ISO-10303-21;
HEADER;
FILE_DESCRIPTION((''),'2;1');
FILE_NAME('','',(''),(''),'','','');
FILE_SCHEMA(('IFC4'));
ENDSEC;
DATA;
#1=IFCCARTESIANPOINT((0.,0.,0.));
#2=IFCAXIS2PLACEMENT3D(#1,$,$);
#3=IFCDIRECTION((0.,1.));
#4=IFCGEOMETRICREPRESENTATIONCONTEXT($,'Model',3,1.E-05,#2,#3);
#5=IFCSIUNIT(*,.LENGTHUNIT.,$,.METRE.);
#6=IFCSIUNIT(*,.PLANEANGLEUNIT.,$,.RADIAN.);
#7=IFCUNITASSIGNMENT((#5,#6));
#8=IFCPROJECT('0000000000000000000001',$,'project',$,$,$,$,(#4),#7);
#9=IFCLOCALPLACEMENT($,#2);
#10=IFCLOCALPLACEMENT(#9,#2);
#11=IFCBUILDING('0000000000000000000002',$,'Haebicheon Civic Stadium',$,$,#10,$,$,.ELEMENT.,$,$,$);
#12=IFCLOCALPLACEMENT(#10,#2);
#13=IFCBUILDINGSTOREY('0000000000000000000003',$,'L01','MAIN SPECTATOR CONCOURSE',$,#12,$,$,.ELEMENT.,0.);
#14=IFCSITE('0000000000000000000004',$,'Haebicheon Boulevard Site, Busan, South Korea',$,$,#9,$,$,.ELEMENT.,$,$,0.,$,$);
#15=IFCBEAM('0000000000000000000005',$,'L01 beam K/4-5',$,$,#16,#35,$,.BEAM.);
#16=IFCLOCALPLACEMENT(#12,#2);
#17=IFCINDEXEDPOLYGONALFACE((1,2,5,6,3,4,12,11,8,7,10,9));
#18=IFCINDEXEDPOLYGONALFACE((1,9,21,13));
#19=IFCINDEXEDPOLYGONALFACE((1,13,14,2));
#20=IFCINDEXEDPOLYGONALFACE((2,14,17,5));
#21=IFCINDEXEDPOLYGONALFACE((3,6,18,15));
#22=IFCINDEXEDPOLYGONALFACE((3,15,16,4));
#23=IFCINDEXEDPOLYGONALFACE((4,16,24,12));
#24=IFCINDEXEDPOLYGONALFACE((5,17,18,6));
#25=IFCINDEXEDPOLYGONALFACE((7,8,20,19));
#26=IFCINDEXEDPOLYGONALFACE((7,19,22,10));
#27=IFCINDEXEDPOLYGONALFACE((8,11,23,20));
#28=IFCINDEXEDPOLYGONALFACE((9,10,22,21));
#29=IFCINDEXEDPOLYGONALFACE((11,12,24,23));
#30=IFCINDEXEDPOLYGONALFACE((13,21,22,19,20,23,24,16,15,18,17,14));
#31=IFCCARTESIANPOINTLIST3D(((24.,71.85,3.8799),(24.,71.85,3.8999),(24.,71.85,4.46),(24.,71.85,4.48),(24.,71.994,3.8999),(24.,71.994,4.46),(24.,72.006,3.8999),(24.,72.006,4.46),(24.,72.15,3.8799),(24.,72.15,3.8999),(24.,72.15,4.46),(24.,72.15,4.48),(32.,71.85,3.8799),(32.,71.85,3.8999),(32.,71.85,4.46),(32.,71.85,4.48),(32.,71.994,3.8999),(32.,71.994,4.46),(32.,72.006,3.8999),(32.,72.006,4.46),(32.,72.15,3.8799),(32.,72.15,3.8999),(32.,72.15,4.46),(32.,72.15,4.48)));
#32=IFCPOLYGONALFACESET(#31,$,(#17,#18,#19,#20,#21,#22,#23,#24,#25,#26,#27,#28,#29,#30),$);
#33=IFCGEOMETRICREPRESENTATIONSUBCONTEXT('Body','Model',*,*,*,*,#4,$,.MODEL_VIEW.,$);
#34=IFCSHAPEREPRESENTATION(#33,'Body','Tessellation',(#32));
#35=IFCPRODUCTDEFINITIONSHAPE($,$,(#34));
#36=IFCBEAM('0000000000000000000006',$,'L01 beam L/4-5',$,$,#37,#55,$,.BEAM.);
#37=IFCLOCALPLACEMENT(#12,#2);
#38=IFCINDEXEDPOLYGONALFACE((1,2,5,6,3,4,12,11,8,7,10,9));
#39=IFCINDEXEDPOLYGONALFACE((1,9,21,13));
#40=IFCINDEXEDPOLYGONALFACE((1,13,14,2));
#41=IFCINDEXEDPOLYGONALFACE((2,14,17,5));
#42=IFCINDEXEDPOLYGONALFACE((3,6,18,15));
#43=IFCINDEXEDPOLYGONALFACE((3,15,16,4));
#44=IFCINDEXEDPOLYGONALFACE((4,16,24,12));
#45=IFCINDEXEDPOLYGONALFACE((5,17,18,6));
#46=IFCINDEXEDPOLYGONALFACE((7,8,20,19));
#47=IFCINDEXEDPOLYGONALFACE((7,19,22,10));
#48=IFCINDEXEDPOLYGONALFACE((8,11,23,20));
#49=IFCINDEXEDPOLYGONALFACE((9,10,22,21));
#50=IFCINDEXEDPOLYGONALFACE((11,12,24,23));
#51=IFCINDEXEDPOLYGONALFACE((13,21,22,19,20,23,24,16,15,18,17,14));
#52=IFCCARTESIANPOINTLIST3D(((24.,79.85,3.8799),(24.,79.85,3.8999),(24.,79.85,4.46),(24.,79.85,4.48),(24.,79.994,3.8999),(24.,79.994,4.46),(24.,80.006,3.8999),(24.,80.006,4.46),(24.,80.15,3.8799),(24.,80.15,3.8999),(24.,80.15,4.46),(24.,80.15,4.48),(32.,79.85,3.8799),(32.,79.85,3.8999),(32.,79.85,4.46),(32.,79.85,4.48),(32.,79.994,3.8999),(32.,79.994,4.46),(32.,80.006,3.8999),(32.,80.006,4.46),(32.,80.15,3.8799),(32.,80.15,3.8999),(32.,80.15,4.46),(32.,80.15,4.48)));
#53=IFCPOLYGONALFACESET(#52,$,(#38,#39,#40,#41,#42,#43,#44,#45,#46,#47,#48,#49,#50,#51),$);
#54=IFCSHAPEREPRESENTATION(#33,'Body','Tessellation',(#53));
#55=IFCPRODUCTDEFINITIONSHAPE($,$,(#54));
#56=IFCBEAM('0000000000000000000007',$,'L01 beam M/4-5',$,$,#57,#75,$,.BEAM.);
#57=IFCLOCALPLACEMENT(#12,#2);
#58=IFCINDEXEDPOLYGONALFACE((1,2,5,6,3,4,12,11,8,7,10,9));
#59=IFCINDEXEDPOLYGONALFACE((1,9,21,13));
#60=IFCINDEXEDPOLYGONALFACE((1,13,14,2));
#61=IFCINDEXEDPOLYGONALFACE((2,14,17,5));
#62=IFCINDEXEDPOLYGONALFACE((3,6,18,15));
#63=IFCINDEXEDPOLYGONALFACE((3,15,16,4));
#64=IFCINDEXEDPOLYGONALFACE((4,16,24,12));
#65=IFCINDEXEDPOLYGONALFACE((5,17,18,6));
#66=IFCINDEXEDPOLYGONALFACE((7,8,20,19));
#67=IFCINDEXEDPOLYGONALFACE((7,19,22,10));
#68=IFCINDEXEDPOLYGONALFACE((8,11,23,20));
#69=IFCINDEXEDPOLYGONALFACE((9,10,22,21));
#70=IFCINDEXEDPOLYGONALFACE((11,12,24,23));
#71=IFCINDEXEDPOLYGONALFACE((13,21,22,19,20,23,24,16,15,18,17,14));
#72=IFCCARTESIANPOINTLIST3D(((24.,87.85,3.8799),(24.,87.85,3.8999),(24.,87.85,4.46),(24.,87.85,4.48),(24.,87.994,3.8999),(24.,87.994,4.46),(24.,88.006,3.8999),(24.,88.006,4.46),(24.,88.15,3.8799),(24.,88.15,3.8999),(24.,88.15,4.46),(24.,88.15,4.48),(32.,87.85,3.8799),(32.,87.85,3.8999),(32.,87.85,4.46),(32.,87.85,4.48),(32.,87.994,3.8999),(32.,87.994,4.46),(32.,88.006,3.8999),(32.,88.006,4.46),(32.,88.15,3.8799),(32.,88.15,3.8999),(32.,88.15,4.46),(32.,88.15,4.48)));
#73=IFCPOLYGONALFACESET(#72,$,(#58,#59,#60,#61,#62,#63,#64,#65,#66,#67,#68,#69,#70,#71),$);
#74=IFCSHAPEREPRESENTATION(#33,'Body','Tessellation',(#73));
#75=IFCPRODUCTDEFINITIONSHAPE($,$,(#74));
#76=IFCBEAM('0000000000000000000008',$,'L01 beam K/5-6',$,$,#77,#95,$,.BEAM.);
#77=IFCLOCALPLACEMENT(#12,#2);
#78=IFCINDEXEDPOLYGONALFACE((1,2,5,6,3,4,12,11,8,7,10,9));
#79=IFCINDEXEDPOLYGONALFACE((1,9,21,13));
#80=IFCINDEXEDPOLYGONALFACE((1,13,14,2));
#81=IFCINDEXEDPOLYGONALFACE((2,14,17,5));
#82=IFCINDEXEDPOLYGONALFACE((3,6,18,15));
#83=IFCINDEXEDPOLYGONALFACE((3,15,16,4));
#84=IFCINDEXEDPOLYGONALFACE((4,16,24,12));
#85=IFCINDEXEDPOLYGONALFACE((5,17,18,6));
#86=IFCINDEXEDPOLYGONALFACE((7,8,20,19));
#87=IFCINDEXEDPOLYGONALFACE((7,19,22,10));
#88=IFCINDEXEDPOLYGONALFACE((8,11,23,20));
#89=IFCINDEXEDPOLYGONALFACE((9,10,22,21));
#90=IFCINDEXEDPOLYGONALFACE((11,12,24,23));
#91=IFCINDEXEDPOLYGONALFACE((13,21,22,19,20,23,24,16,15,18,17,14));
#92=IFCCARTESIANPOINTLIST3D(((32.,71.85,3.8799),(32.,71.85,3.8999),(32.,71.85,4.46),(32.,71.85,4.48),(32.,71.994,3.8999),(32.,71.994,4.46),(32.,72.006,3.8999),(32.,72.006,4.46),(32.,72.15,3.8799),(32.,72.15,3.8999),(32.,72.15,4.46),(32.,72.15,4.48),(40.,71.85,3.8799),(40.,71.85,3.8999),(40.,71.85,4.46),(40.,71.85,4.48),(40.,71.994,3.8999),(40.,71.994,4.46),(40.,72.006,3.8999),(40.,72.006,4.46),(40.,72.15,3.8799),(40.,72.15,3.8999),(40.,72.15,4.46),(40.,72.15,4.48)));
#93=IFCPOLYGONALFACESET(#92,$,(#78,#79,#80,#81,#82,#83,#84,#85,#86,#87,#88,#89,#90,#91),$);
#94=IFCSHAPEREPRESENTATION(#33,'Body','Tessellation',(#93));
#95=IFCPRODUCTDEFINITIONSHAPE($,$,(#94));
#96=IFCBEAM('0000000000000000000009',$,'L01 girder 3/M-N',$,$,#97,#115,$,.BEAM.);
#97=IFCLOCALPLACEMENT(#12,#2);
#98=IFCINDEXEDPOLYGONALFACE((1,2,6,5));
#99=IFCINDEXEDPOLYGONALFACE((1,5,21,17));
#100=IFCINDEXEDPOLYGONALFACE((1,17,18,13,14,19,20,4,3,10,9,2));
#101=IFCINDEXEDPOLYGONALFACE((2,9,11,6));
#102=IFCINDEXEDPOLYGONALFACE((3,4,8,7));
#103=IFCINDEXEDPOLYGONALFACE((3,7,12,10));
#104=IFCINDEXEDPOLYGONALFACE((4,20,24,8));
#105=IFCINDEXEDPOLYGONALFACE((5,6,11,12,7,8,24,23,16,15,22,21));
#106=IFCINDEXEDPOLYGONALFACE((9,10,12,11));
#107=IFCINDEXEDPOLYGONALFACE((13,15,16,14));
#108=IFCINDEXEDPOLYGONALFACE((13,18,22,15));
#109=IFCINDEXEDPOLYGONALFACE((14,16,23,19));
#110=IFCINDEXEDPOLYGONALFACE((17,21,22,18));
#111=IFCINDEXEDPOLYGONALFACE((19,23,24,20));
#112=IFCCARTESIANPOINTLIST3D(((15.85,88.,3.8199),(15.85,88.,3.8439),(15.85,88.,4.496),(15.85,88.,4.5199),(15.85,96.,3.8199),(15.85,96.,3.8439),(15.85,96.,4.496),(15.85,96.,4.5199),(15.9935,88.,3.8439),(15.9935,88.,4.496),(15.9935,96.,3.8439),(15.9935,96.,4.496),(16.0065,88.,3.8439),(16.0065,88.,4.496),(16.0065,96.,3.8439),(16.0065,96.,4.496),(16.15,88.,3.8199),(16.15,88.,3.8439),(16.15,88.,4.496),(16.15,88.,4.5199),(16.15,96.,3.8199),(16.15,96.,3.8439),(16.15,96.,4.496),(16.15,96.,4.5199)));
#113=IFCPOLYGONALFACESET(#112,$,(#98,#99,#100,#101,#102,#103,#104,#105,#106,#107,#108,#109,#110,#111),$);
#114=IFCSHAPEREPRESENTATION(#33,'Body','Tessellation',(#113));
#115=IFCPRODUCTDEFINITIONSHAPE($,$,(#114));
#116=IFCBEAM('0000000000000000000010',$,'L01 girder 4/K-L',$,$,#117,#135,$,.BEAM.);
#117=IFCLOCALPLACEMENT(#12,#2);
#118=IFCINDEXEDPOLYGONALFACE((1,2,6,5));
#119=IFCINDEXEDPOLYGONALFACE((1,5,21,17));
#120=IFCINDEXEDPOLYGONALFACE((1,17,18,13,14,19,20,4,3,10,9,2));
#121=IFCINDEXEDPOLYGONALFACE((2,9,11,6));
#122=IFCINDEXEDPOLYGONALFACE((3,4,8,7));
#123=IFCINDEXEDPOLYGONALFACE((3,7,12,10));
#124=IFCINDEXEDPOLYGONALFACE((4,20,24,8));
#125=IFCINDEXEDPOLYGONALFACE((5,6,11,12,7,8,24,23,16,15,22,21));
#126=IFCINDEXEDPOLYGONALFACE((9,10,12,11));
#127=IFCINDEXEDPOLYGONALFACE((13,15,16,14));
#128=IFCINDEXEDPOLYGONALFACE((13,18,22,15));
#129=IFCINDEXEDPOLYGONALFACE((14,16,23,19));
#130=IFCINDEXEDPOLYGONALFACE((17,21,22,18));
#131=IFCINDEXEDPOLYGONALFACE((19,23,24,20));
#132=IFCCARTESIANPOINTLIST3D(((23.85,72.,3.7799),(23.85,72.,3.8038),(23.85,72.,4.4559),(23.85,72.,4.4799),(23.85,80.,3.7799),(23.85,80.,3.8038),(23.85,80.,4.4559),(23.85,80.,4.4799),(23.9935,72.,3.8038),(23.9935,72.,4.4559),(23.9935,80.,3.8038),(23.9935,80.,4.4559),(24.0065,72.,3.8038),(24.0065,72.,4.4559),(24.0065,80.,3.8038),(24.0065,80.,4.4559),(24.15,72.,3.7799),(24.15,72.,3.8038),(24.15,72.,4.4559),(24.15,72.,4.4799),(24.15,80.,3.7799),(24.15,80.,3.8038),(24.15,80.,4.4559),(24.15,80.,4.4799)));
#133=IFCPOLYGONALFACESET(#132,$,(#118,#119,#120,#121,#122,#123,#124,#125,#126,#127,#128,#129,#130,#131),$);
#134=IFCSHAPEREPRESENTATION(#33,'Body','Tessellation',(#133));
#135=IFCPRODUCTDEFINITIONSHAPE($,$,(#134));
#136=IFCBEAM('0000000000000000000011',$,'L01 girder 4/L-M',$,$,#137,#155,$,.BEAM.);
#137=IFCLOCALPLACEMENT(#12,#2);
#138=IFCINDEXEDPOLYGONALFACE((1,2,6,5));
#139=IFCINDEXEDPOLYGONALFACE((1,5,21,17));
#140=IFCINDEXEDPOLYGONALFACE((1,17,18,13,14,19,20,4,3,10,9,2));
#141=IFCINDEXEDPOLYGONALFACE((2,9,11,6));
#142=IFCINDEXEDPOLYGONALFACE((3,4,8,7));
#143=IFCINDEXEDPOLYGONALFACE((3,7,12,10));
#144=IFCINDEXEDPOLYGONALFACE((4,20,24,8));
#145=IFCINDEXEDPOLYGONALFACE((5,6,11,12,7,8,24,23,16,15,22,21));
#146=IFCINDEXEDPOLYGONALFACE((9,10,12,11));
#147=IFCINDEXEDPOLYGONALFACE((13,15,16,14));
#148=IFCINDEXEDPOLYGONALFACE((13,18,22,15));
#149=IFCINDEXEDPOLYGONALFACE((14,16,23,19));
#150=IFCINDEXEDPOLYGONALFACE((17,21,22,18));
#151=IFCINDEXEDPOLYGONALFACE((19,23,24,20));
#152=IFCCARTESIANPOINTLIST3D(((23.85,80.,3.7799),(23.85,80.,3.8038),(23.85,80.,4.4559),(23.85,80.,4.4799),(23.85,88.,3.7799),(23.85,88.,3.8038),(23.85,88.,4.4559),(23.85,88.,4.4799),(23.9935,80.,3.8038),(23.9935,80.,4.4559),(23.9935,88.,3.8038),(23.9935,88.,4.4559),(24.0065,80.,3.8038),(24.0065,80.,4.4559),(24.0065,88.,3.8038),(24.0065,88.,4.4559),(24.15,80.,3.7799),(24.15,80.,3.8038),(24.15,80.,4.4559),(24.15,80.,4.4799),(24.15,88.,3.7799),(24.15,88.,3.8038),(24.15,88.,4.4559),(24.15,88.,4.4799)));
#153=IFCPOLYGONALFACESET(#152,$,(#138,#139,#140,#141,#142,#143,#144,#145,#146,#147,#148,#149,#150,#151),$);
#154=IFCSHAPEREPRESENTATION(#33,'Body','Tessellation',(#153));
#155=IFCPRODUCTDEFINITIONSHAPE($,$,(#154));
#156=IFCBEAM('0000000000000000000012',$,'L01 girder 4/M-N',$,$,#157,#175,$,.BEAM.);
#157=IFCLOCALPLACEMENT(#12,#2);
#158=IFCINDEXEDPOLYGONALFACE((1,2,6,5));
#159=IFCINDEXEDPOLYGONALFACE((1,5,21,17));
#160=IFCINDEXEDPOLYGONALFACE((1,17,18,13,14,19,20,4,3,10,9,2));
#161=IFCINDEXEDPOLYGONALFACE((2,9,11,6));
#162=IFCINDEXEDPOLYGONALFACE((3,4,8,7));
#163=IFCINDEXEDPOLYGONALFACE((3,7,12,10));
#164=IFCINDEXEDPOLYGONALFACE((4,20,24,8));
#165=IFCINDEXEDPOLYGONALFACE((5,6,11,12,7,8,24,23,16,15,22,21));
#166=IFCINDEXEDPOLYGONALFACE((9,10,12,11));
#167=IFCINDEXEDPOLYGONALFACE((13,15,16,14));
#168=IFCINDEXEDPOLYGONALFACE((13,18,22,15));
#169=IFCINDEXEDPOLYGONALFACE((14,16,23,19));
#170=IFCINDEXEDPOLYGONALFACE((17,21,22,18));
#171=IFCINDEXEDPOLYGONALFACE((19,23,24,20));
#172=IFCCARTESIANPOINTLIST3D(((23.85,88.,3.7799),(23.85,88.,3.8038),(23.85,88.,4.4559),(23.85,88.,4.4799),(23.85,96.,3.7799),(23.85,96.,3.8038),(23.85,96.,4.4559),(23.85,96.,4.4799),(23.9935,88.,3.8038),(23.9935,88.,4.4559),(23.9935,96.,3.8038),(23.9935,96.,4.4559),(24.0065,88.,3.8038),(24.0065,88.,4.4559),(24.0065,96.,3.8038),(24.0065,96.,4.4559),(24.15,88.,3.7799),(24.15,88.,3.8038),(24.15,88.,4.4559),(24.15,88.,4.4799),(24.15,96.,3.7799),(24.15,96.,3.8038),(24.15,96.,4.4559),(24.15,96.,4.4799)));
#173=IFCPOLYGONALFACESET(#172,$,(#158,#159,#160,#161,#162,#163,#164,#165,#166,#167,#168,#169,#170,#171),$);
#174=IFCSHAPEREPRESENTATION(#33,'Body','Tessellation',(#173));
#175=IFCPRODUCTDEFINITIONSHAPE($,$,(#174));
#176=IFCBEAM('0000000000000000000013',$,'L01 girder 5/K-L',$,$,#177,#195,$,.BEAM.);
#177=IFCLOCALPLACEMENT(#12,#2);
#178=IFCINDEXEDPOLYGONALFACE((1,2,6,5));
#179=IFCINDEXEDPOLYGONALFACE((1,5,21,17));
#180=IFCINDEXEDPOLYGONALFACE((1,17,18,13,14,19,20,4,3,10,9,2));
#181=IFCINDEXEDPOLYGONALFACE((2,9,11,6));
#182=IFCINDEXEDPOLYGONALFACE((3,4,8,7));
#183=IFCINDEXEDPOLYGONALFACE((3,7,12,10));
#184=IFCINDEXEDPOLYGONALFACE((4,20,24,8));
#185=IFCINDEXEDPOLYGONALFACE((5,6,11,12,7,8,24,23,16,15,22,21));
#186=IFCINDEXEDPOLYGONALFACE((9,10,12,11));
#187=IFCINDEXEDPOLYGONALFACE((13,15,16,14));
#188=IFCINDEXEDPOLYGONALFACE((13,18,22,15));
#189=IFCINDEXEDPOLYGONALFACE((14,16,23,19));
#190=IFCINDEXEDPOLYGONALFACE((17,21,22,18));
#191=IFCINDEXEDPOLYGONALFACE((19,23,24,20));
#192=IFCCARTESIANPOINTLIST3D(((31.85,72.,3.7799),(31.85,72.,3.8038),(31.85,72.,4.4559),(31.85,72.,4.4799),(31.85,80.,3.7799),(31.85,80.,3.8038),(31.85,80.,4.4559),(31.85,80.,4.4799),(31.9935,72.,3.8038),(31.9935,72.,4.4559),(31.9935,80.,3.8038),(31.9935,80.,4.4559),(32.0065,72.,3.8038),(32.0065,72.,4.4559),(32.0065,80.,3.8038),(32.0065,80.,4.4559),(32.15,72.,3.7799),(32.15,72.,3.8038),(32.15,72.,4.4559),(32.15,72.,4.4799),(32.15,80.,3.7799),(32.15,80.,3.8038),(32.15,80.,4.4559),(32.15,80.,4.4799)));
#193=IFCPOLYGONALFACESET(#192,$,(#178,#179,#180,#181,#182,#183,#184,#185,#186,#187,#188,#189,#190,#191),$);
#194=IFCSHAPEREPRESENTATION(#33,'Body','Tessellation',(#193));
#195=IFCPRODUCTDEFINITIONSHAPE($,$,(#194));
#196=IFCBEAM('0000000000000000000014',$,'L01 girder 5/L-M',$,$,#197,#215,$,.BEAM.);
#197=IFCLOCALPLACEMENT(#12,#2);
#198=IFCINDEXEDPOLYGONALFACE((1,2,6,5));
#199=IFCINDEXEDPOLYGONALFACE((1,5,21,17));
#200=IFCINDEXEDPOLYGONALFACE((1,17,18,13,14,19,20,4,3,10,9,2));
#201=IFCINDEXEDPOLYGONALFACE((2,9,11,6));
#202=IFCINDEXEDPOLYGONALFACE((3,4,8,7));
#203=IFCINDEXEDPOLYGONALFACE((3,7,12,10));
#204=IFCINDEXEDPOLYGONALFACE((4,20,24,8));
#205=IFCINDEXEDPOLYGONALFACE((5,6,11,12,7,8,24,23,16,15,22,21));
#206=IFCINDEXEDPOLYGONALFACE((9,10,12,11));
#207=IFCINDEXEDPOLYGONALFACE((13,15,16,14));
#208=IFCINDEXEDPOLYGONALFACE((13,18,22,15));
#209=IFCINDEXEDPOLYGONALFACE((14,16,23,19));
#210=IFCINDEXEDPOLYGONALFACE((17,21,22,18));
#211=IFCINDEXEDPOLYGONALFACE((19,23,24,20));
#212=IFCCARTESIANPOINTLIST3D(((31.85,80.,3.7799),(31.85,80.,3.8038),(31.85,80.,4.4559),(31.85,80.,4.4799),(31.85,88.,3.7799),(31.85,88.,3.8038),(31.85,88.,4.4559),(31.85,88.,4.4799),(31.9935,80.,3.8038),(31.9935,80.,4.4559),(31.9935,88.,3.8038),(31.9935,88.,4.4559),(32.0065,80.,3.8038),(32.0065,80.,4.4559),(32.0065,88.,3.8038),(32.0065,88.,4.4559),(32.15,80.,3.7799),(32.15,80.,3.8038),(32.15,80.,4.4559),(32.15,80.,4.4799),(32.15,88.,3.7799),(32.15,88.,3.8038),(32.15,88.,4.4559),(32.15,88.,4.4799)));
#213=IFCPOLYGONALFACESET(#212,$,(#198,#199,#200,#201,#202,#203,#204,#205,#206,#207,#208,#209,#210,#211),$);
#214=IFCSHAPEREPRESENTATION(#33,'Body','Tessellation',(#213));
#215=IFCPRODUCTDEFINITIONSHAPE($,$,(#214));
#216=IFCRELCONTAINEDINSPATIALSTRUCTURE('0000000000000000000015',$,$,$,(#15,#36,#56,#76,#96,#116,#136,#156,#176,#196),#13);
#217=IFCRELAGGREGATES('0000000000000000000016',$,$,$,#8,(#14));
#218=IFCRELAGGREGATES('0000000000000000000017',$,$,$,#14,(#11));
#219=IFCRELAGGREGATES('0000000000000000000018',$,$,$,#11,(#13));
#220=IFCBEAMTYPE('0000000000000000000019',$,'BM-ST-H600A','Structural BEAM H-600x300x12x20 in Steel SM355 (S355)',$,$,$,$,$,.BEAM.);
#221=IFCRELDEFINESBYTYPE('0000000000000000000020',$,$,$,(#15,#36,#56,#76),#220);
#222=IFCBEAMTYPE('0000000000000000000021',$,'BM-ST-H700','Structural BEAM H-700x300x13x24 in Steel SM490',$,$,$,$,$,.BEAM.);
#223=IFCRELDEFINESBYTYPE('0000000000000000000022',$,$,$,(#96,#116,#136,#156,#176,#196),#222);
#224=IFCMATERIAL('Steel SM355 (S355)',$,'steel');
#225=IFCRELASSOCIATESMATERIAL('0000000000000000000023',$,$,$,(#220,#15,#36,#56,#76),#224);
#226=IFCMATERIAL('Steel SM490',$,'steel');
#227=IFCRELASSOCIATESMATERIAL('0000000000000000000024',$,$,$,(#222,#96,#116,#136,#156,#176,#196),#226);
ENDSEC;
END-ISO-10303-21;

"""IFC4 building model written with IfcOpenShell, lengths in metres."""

from ifc_helpers import new_model, si_unit, direction, frame, origin, origin_2d, place, context, subcontext, project, spatial, i_section, extrude, material, material_profile, profile_set, type_object, element, save


model = new_model("IFC4")

# Units and contexts
model_context = context("Model", 3, precision=1e-05, world=origin(), true_north=direction((0.0, 1.0)))
body_context = subcontext(model_context, "Body", "Model", "MODEL_VIEW")
ifc_project = project(units=[si_unit("LENGTHUNIT", "METRE"), si_unit("PLANEANGLEUNIT", "RADIAN")], contexts=[model_context])

# Site, building, storey
site_placement = place(None, origin())
site = spatial("IfcSite", under=ifc_project, at=site_placement, Name="Haebicheon Boulevard Site, Busan, South Korea", CompositionType="ELEMENT", RefElevation=0.0)
building_placement = place(site_placement, origin())
building = spatial("IfcBuilding", under=site, at=building_placement, Name="Haebicheon Civic Stadium", CompositionType="ELEMENT")
storey_placement = place(building_placement, origin())
storey = spatial("IfcBuildingStorey", under=building, at=storey_placement, Name="L01", Description="MAIN SPECTATOR CONCOURSE", CompositionType="ELEMENT", Elevation=0.0)

# Beams
ifc_material_1 = material(Name="Steel SM355 (S355)", Category="steel")
ifc_material_profile_1 = material_profile(ifc_material_1, i_section(OverallWidth=0.3, OverallDepth=0.6001, WebThickness=0.012, FlangeThickness=0.02, at=origin_2d()), Name="H-600x300x12x20")
ifc_profile_set_1 = profile_set([ifc_material_profile_1], Name="Steel SM355 (S355)")
beam_type_1 = type_object("IfcBeamType", Name="BM-ST-H600A", Description="Structural BEAM H-600x300x12x20 in Steel SM355 (S355)", PredefinedType="BEAM", material=ifc_profile_set_1)
for number, where, z_axis, x_axis, name in (
    (1, (24.0, 72.0, 4.1799), (1.0, 0.0, 0.0), (0.0, 1.0, 0.0), "L01 beam K/4-5"),
    (2, (24.0, 80.0, 4.1799), (1.0, 0.0, 0.0), (0.0, 1.0, 0.0), "L01 beam L/4-5"),
    (3, (24.0, 88.0, 4.1799), (1.0, 0.0, 0.0), (0.0, 1.0, 0.0), "L01 beam M/4-5"),
    (4, (32.0, 72.0, 4.1799), (1.0, 0.0, 0.0), (0.0, 1.0, 0.0), "L01 beam K/5-6"),
):
    element("IfcBeam", number, at=place(storey_placement, frame(where, z_axis=z_axis, x_axis=x_axis)), inside=storey, type_object=beam_type_1, material=ifc_profile_set_1, Name=name, PredefinedType="BEAM", context=body_context, shape_type="SweptSolid", body=[
        extrude(i_section(OverallWidth=0.3, OverallDepth=0.6001, WebThickness=0.012, FlangeThickness=0.02, at=origin_2d()), origin(), (0.0, 0.0, 1.0), 8.0),
    ])
ifc_material_2 = material(Name="Steel SM490", Category="steel")
ifc_material_profile_2 = material_profile(ifc_material_2, i_section(OverallWidth=0.3, OverallDepth=0.7, WebThickness=0.0129, FlangeThickness=0.0239, at=origin_2d()), Name="H-700x300x13x24")
ifc_profile_set_2 = profile_set([ifc_material_profile_2], Name="Steel SM490")
beam_type_2 = type_object("IfcBeamType", Name="BM-ST-H700", Description="Structural BEAM H-700x300x13x24 in Steel SM490", PredefinedType="BEAM", material=ifc_profile_set_2)
for number, where, z_axis, x_axis, name in (
    (5, (16.0, 88.0, 4.1699), (0.0, 1.0, 0.0), (-1.0, 0.0, 0.0), "L01 girder 3/M-N"),
    (6, (24.0, 72.0, 4.1299), (0.0, 1.0, 0.0), (-1.0, 0.0, 0.0), "L01 girder 4/K-L"),
    (7, (24.0, 80.0, 4.1299), (0.0, 1.0, 0.0), (-1.0, 0.0, 0.0), "L01 girder 4/L-M"),
    (8, (24.0, 88.0, 4.1299), (0.0, 1.0, 0.0), (-1.0, 0.0, 0.0), "L01 girder 4/M-N"),
    (9, (32.0, 72.0, 4.1299), (0.0, 1.0, 0.0), (-1.0, 0.0, 0.0), "L01 girder 5/K-L"),
    (10, (32.0, 80.0, 4.1299), (0.0, 1.0, 0.0), (-1.0, 0.0, 0.0), "L01 girder 5/L-M"),
):
    element("IfcBeam", number, at=place(storey_placement, frame(where, z_axis=z_axis, x_axis=x_axis)), inside=storey, type_object=beam_type_2, material=ifc_profile_set_2, Name=name, PredefinedType="BEAM", context=body_context, shape_type="SweptSolid", body=[
        extrude(i_section(OverallWidth=0.3, OverallDepth=0.7, WebThickness=0.0129, FlangeThickness=0.0239, at=origin_2d()), origin(), (0.0, 0.0, 1.0), 8.0),
    ])

save(model, "model.ifc")
